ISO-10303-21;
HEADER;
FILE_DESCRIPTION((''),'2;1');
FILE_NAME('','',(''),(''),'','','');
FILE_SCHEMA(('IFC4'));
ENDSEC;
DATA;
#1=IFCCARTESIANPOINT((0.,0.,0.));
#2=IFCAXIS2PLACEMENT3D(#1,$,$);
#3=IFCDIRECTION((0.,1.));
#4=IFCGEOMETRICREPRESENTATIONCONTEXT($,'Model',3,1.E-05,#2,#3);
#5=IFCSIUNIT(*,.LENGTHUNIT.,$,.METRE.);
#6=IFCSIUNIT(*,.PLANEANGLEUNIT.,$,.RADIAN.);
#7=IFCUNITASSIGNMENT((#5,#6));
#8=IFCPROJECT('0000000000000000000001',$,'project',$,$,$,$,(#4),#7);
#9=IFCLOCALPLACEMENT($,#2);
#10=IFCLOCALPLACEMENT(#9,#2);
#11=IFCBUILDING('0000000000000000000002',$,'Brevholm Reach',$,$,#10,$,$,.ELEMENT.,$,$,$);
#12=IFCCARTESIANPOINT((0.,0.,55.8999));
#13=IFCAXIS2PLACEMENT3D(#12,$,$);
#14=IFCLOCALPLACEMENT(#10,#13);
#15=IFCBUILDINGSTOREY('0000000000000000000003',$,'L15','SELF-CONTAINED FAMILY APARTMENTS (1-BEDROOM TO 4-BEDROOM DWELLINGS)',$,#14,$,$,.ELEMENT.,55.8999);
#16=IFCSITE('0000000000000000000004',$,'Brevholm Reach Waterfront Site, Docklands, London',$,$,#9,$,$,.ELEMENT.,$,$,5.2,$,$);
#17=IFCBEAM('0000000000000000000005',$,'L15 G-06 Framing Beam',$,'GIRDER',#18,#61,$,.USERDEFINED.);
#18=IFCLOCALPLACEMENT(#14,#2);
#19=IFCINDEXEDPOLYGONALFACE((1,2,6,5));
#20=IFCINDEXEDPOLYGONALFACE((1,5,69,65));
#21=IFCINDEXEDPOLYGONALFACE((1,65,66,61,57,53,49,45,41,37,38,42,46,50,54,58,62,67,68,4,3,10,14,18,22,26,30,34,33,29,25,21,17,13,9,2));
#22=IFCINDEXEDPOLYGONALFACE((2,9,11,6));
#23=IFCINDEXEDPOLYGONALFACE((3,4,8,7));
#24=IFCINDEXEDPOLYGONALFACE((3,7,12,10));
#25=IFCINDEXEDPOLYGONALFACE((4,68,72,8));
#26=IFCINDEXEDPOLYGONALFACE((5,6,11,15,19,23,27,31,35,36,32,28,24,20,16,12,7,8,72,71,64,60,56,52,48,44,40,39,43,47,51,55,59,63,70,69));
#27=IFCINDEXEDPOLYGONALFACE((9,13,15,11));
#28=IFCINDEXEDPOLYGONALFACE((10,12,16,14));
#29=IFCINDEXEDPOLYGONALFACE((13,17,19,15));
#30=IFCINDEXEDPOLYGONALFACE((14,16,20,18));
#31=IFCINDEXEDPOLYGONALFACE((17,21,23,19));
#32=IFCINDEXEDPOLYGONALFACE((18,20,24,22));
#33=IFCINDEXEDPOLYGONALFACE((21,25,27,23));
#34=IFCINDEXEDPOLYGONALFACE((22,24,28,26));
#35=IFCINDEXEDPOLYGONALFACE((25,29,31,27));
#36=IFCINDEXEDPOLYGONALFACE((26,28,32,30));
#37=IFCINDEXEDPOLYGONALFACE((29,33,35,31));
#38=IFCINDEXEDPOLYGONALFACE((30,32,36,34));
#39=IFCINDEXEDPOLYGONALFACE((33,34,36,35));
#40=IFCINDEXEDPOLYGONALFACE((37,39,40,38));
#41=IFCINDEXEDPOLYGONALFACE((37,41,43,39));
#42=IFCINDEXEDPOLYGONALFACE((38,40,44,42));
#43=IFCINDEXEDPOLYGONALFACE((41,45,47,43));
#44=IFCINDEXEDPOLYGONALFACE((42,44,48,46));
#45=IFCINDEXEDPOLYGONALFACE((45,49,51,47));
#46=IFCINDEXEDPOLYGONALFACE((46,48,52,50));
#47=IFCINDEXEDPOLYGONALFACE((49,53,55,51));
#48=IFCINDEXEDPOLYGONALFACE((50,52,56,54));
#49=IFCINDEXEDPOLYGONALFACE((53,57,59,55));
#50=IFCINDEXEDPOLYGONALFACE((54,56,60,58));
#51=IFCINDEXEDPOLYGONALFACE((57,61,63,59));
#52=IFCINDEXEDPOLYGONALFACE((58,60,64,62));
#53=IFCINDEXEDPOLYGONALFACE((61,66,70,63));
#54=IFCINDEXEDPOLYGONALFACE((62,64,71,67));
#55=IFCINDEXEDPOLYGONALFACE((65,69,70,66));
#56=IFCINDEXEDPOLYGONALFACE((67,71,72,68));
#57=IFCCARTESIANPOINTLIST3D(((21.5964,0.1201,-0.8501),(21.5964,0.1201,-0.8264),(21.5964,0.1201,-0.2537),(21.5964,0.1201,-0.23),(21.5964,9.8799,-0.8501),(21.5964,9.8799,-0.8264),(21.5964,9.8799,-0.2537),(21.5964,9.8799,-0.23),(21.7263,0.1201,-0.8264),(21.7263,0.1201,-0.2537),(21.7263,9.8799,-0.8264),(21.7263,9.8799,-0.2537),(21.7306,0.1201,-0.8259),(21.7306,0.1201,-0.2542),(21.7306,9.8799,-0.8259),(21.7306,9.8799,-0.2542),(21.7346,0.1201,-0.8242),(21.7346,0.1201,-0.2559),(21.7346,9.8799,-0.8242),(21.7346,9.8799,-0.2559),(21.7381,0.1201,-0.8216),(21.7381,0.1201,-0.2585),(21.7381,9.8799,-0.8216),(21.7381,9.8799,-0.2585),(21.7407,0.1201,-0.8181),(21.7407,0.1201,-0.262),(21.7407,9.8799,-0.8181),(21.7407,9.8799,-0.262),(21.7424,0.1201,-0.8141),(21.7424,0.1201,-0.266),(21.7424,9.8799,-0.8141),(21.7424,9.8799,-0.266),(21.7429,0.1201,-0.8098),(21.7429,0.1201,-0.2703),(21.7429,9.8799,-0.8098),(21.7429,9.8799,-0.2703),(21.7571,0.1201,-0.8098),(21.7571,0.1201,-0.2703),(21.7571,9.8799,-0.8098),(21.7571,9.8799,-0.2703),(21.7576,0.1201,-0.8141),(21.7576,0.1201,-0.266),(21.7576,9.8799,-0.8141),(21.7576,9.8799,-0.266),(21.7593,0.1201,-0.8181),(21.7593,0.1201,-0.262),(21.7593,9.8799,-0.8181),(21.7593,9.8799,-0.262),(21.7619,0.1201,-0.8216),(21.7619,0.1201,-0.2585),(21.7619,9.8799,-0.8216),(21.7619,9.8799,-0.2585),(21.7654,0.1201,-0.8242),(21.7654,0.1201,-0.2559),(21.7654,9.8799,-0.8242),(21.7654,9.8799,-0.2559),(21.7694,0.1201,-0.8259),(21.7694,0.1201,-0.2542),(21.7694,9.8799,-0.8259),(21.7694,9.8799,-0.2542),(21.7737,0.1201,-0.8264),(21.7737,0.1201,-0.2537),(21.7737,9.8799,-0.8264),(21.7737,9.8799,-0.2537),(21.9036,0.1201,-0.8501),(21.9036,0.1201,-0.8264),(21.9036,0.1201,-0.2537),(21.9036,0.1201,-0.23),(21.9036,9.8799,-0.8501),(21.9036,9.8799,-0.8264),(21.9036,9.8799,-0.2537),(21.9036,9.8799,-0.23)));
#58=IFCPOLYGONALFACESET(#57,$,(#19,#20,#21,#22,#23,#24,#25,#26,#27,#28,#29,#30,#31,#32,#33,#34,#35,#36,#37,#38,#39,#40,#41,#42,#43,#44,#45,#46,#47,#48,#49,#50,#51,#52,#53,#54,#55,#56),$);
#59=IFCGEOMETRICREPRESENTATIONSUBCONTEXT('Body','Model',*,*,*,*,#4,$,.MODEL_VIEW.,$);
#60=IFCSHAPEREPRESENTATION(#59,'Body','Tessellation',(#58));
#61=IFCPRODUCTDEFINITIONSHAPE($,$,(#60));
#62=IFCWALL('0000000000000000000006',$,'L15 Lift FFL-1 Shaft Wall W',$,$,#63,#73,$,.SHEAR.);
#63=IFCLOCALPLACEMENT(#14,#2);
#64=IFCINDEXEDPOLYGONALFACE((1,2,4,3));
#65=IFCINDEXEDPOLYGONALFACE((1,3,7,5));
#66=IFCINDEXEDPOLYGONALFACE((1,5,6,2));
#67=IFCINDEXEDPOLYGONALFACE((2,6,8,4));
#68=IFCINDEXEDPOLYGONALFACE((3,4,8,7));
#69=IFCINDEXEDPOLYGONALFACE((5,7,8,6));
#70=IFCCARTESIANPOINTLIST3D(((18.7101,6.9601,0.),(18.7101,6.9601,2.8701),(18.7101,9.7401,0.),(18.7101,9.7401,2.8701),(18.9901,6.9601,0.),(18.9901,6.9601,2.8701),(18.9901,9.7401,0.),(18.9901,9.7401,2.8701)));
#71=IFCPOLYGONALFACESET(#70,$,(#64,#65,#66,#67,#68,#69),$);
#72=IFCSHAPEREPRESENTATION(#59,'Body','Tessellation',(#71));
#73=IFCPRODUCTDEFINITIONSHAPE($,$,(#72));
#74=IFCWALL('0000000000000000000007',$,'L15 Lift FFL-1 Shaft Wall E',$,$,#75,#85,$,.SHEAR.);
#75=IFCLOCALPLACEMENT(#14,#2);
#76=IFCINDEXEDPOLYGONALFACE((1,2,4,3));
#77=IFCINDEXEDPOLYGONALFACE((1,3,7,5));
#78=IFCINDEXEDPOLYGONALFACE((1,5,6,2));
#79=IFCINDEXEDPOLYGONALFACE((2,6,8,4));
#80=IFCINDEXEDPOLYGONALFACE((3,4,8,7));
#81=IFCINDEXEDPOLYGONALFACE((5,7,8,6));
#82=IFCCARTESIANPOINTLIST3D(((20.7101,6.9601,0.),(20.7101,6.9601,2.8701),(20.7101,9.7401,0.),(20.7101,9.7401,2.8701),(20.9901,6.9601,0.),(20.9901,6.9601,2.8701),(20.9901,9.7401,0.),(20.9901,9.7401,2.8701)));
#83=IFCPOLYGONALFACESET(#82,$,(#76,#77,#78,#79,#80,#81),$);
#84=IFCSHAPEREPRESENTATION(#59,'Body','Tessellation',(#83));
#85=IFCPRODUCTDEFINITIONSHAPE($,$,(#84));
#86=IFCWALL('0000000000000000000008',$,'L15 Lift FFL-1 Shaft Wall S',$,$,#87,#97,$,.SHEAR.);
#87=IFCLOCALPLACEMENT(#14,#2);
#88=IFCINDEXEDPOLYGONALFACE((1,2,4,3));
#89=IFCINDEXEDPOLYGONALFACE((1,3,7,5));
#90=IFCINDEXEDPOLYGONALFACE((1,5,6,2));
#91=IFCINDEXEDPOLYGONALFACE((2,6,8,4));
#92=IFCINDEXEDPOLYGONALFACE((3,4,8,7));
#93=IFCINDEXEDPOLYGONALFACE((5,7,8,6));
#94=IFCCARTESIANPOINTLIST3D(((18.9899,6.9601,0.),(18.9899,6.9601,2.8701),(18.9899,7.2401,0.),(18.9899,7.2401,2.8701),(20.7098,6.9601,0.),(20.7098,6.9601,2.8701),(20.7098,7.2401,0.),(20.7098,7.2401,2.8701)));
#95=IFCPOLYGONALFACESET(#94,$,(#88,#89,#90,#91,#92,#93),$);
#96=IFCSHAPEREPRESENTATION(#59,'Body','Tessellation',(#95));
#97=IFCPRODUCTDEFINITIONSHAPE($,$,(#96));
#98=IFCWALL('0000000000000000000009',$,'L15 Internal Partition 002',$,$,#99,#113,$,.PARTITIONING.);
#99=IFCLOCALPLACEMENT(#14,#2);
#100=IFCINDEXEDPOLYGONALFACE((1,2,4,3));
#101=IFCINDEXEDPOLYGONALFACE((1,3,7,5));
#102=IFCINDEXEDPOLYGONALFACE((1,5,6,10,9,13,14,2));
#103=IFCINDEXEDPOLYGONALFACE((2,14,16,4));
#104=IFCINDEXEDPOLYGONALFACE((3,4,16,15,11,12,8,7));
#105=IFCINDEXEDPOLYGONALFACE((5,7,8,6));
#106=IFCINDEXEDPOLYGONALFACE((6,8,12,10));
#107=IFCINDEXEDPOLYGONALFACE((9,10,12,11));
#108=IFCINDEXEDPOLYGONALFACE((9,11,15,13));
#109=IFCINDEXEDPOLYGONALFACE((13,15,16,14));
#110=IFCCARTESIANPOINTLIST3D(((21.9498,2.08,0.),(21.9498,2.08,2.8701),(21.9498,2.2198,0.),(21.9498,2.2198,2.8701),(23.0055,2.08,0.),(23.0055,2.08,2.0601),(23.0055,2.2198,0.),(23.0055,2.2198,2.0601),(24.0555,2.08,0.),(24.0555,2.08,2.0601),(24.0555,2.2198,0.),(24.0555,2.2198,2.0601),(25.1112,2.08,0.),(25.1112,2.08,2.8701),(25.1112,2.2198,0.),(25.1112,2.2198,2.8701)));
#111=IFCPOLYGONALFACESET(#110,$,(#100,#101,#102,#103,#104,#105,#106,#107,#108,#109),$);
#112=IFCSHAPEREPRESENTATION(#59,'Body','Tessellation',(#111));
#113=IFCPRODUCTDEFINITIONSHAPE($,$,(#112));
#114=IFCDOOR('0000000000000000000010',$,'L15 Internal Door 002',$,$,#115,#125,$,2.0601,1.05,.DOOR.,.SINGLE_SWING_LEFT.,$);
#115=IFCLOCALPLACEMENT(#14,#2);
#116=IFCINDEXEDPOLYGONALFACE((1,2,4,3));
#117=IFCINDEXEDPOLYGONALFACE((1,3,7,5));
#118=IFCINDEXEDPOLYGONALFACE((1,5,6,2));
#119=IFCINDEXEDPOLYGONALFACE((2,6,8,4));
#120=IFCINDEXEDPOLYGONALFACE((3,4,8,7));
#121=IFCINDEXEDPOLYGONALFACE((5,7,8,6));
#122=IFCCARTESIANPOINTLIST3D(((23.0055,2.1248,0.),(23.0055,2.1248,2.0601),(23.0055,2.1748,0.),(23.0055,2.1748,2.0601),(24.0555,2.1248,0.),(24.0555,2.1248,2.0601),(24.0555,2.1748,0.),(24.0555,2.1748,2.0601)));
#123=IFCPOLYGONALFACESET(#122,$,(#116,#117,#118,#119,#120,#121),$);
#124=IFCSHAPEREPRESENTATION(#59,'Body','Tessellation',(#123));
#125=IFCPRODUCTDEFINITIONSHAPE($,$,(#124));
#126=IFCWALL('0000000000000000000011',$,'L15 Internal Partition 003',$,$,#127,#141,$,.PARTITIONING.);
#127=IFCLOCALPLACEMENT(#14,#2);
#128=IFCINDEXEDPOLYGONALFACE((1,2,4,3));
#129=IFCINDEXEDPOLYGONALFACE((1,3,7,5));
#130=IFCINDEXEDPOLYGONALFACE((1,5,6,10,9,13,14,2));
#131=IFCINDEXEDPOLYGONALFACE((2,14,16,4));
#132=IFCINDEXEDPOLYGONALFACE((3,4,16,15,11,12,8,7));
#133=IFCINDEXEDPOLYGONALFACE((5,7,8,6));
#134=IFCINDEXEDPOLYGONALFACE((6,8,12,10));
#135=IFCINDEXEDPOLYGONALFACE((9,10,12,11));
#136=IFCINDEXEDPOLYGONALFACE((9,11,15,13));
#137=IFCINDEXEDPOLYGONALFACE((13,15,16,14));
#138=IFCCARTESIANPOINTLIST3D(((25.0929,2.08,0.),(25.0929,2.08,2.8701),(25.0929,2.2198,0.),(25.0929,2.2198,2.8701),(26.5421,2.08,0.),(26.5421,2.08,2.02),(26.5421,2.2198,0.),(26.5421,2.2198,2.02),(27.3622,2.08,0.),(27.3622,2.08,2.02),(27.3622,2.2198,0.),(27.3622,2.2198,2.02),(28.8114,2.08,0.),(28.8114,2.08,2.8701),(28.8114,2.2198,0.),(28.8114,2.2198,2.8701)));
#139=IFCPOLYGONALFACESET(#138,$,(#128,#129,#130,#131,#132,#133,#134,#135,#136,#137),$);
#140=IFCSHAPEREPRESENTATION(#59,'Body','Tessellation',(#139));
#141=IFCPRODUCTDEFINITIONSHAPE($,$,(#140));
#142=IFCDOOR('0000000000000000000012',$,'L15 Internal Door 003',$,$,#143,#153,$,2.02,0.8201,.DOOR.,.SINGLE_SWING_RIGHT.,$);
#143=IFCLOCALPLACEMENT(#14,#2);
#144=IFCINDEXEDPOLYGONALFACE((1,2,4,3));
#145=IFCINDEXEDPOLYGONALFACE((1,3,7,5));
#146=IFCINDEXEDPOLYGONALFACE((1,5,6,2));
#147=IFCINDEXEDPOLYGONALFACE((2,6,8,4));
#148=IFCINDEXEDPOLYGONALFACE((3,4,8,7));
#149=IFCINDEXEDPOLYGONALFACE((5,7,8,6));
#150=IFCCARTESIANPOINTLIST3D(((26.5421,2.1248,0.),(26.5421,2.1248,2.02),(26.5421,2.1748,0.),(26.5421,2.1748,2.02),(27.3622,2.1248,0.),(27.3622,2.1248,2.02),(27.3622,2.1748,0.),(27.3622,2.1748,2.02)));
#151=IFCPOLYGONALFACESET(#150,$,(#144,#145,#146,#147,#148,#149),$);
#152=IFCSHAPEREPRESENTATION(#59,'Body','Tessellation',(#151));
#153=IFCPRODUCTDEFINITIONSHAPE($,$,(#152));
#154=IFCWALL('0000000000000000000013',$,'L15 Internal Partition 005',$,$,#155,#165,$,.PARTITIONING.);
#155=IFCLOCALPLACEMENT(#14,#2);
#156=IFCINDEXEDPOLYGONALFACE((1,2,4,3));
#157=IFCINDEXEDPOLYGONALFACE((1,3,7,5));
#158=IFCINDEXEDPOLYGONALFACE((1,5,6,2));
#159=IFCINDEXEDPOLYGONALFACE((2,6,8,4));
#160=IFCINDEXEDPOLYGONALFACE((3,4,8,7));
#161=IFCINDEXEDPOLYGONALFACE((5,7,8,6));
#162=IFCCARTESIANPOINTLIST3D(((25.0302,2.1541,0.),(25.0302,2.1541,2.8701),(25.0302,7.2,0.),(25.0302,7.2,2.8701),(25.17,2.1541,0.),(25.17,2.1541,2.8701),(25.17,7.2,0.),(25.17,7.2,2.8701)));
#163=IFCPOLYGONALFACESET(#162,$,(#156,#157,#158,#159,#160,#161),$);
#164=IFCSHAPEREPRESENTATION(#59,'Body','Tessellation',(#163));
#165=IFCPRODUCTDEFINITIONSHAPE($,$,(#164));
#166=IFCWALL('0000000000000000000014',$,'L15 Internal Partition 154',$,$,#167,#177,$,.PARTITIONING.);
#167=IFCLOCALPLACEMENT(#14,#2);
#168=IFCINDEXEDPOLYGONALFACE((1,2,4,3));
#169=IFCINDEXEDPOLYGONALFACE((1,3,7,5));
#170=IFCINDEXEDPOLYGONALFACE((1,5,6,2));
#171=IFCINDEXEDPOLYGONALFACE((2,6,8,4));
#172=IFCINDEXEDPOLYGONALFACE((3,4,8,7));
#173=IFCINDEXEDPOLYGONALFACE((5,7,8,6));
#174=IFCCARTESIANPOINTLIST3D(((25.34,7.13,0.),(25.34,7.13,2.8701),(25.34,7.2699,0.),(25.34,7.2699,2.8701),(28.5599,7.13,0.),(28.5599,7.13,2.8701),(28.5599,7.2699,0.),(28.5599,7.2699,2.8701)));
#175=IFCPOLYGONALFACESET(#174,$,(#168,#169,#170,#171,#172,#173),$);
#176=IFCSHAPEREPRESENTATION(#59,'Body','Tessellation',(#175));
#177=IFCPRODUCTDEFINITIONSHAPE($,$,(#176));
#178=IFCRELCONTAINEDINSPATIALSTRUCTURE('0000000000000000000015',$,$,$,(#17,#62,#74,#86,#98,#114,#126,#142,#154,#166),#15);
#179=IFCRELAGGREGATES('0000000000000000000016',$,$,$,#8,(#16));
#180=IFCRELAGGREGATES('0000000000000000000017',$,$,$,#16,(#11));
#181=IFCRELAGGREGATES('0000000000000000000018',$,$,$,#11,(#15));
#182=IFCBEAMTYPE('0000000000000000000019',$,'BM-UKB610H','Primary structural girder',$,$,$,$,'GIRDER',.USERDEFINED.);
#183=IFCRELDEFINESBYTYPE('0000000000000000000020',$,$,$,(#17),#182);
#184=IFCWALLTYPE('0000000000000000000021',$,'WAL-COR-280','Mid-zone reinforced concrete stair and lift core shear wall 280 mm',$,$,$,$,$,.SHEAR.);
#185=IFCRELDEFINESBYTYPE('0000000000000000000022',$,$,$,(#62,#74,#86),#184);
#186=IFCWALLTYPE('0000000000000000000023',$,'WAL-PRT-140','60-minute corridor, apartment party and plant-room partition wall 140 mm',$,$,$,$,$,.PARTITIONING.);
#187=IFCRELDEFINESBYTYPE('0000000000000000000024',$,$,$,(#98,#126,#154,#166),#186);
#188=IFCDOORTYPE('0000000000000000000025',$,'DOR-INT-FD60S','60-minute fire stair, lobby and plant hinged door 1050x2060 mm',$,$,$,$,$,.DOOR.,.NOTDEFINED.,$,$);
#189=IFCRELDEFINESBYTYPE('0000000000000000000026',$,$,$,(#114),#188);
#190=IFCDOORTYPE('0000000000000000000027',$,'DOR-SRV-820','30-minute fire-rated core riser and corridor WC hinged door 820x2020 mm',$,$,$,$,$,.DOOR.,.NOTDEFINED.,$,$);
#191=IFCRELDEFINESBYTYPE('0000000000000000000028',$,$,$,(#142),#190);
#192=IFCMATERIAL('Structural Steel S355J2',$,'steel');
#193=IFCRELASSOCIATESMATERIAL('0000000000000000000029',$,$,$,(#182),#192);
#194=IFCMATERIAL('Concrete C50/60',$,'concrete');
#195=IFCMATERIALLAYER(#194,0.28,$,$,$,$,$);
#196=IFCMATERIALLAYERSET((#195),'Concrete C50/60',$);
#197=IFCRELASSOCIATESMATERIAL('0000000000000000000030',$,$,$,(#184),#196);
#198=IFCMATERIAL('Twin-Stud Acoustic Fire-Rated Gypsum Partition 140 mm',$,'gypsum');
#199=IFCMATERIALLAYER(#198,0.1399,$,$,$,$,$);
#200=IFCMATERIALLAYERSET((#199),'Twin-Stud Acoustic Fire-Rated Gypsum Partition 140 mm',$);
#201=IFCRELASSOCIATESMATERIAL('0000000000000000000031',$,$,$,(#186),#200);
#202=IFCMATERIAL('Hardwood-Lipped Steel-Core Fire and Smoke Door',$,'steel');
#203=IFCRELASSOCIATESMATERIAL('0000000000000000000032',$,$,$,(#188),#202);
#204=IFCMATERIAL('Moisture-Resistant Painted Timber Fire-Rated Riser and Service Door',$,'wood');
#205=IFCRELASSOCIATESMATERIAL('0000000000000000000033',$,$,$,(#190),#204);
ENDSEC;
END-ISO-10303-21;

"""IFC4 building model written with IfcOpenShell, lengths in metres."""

from ifc_helpers import new_model, si_unit, direction, frame, frame_2d, origin, origin_2d, place, context, subcontext, project, spatial, rectangle, i_section, extrude, material, layer, layer_set, material_profile, profile_set, type_object, element, fill, save


model = new_model("IFC4")

# Units and contexts
model_context = context("Model", 3, precision=1e-05, world=origin(), true_north=direction((0.0, 1.0)))
body_context = subcontext(model_context, "Body", "Model", "MODEL_VIEW")
ifc_project = project(units=[si_unit("LENGTHUNIT", "METRE"), si_unit("PLANEANGLEUNIT", "RADIAN")], contexts=[model_context])

# Site, building, storey
site_placement = place(None, origin())
site = spatial("IfcSite", under=ifc_project, at=site_placement, Name="Brevholm Reach Waterfront Site, Docklands, London", CompositionType="ELEMENT", RefElevation=5.2)
building_placement = place(site_placement, origin())
building = spatial("IfcBuilding", under=site, at=building_placement, Name="Brevholm Reach", CompositionType="ELEMENT")
storey_placement = place(building_placement, frame((0.0, 0.0, 55.8999)))
storey = spatial("IfcBuildingStorey", under=building, at=storey_placement, Name="L15", Description="SELF-CONTAINED FAMILY APARTMENTS (1-BEDROOM TO 4-BEDROOM DWELLINGS)", CompositionType="ELEMENT", Elevation=55.8999)

# Beam
ifc_material_1 = material(Name="Structural Steel S355J2", Category="steel")
ifc_material_profile_1 = material_profile(ifc_material_1, i_section(OverallWidth=0.3071, OverallDepth=0.6201, WebThickness=0.0142, FlangeThickness=0.0237, FilletRadius=0.0166, at=origin_2d()), Name="UKB 610x305x179")
ifc_profile_set_1 = profile_set([ifc_material_profile_1], Name="Structural Steel S355J2")
beam_type_1 = type_object("IfcBeamType", Name="BM-UKB610H", Description="Primary structural girder", ElementType="GIRDER", PredefinedType="USERDEFINED", material=ifc_profile_set_1)
for number, where, z_axis, x_axis, name in (
    (1, (21.75, 0.1201, -0.54), (0.0, 1.0, 0.0), (-1.0, 0.0, 0.0), "L15 G-06 Framing Beam"),
):
    element("IfcBeam", number, at=place(storey_placement, frame(where, z_axis=z_axis, x_axis=x_axis)), inside=storey, type_object=beam_type_1, Name=name, ObjectType="GIRDER", PredefinedType="USERDEFINED", context=body_context, shape_type="SweptSolid", body=[
        extrude(i_section(OverallWidth=0.3071, OverallDepth=0.6201, WebThickness=0.0142, FlangeThickness=0.0237, FilletRadius=0.0166, at=origin_2d()), origin(), (0.0, 0.0, 1.0), 9.7598),
    ])

# Walls
ifc_material_2 = material(Name="Concrete C50/60", Category="concrete")
ifc_layer_1 = layer(ifc_material_2, 0.28)
ifc_layer_set_1 = layer_set([ifc_layer_1], Name="Concrete C50/60")
wall_type_1 = type_object("IfcWallType", Name="WAL-COR-280", Description="Mid-zone reinforced concrete stair and lift core shear wall 280 mm", PredefinedType="SHEAR", material=ifc_layer_set_1)
for number, where, z_axis, x_axis, name in (
    (2, (18.8501, 6.96, 0.0), (0.0, 0.0, 1.0), (0.0, 1.0, 0.0), "L15 Lift FFL-1 Shaft Wall W"),
    (3, (20.8501, 6.96, 0.0), (0.0, 0.0, 1.0), (0.0, 1.0, 0.0), "L15 Lift FFL-1 Shaft Wall E"),
):
    element("IfcWall", number, at=place(storey_placement, frame(where, z_axis=z_axis, x_axis=x_axis)), inside=storey, type_object=wall_type_1, Name=name, PredefinedType="SHEAR", context=body_context, shape_type="SweptSolid", body=[
        extrude(rectangle(XDim=2.78, YDim=0.28, at=frame_2d((1.3901, 0.0))), origin(), (0.0, 0.0, 1.0), 2.8701),
    ])
wall_1_placement = place(storey_placement, frame((18.99, 7.1001, 0.0), z_axis=(0.0, 0.0, 1.0), x_axis=(1.0, 0.0, 0.0)))
element("IfcWall", 4, at=wall_1_placement, inside=storey, type_object=wall_type_1, Name="L15 Lift FFL-1 Shaft Wall S", PredefinedType="SHEAR", context=body_context, shape_type="SweptSolid", body=[
    extrude(rectangle(XDim=1.72, YDim=0.28, at=frame_2d((0.8599, 0.0))), origin(), (0.0, 0.0, 1.0), 2.8701),
])

# Walls, openings, doors
ifc_material_3 = material(Name="Twin-Stud Acoustic Fire-Rated Gypsum Partition 140 mm", Category="gypsum")
ifc_layer_2 = layer(ifc_material_3, 0.1399)
ifc_layer_set_2 = layer_set([ifc_layer_2], Name="Twin-Stud Acoustic Fire-Rated Gypsum Partition 140 mm")
wall_type_2 = type_object("IfcWallType", Name="WAL-PRT-140", Description="60-minute corridor, apartment party and plant-room partition wall 140 mm", PredefinedType="PARTITIONING", material=ifc_layer_set_2)
wall_2_placement = place(storey_placement, frame((21.95, 2.1499, 0.0), z_axis=(0.0, 0.0, 1.0), x_axis=(1.0, 0.0, 0.0)))
wall_2 = element("IfcWall", 5, at=wall_2_placement, inside=storey, type_object=wall_type_2, Name="L15 Internal Partition 002", PredefinedType="PARTITIONING", context=body_context, shape_type="SweptSolid", body=[
    extrude(rectangle(XDim=3.1614, YDim=0.1399, at=frame_2d((1.5806, 0.0))), origin(), (0.0, 0.0, 1.0), 2.8701),
])
opening_1_placement = place(wall_2_placement, frame((1.0557, 0.0, 0.0)))
opening_1 = element("IfcOpeningElement", 6, at=opening_1_placement, cuts=wall_2, PredefinedType="OPENING", context=body_context, shape_type="SweptSolid", body=[
    extrude(rectangle(XDim=1.05, YDim=2.0601, at=frame_2d((0.5249, 1.03))), frame((0.0, 0.0798, 0.0), z_axis=(0.0, -1.0, 0.0), x_axis=(1.0, 0.0, 0.0)), (0.0, 0.0, 1.0), 0.1599),
])
ifc_material_4 = material(Name="Hardwood-Lipped Steel-Core Fire and Smoke Door", Category="steel")
door_type_1 = type_object("IfcDoorType", Name="DOR-INT-FD60S", Description="60-minute fire stair, lobby and plant hinged door 1050x2060 mm", OperationType="NOTDEFINED", PredefinedType="DOOR", material=ifc_material_4)
door_1_placement = place(opening_1_placement, origin())
door_1 = element("IfcDoor", 7, at=door_1_placement, inside=storey, type_object=door_type_1, Name="L15 Internal Door 002", OperationType="SINGLE_SWING_LEFT", OverallHeight=2.0601, OverallWidth=1.05, PredefinedType="DOOR", context=body_context, shape_type="SweptSolid", body=[
    extrude(rectangle(XDim=1.05, YDim=2.0601, at=frame_2d((0.5249, 1.03))), frame((0.0, 0.0249, 0.0), z_axis=(0.0, -1.0, 0.0), x_axis=(1.0, 0.0, 0.0)), (0.0, 0.0, 1.0), 0.05),
])
fill(opening_1, door_1)
wall_3_placement = place(storey_placement, frame((25.0928, 2.1499, 0.0), z_axis=(0.0, 0.0, 1.0), x_axis=(1.0, 0.0, 0.0)))
wall_3 = element("IfcWall", 8, at=wall_3_placement, inside=storey, type_object=wall_type_2, Name="L15 Internal Partition 003", PredefinedType="PARTITIONING", context=body_context, shape_type="SweptSolid", body=[
    extrude(rectangle(XDim=3.7185, YDim=0.1399, at=frame_2d((1.8594, 0.0))), origin(), (0.0, 0.0, 1.0), 2.8701),
])
opening_2_placement = place(wall_3_placement, frame((1.4492, 0.0, 0.0)))
opening_2 = element("IfcOpeningElement", 9, at=opening_2_placement, cuts=wall_3, PredefinedType="OPENING", context=body_context, shape_type="SweptSolid", body=[
    extrude(rectangle(XDim=0.8201, YDim=2.02, at=frame_2d((0.4102, 1.01))), frame((0.0, 0.0798, 0.0), z_axis=(0.0, -1.0, 0.0), x_axis=(1.0, 0.0, 0.0)), (0.0, 0.0, 1.0), 0.1599),
])
ifc_material_5 = material(Name="Moisture-Resistant Painted Timber Fire-Rated Riser and Service Door", Category="wood")
door_type_2 = type_object("IfcDoorType", Name="DOR-SRV-820", Description="30-minute fire-rated core riser and corridor WC hinged door 820x2020 mm", OperationType="NOTDEFINED", PredefinedType="DOOR", material=ifc_material_5)
door_2_placement = place(opening_2_placement, origin())
door_2 = element("IfcDoor", 10, at=door_2_placement, inside=storey, type_object=door_type_2, Name="L15 Internal Door 003", OperationType="SINGLE_SWING_RIGHT", OverallHeight=2.02, OverallWidth=0.8201, PredefinedType="DOOR", context=body_context, shape_type="SweptSolid", body=[
    extrude(rectangle(XDim=0.8201, YDim=2.02, at=frame_2d((0.4102, 1.01))), frame((0.0, 0.0249, 0.0), z_axis=(0.0, -1.0, 0.0), x_axis=(1.0, 0.0, 0.0)), (0.0, 0.0, 1.0), 0.05),
])
fill(opening_2, door_2)

# Walls
wall_4_placement = place(storey_placement, frame((25.1001, 2.1541, 0.0), z_axis=(0.0, 0.0, 1.0), x_axis=(0.0, 1.0, 0.0)))
element("IfcWall", 11, at=wall_4_placement, inside=storey, type_object=wall_type_2, Name="L15 Internal Partition 005", PredefinedType="PARTITIONING", context=body_context, shape_type="SweptSolid", body=[
    extrude(rectangle(XDim=5.0459, YDim=0.1399, at=frame_2d((2.5229, 0.0))), origin(), (0.0, 0.0, 1.0), 2.8701),
])
wall_5_placement = place(storey_placement, frame((25.3401, 7.2, 0.0), z_axis=(0.0, 0.0, 1.0), x_axis=(1.0, 0.0, 0.0)))
element("IfcWall", 12, at=wall_5_placement, inside=storey, type_object=wall_type_2, Name="L15 Internal Partition 154", PredefinedType="PARTITIONING", context=body_context, shape_type="SweptSolid", body=[
    extrude(rectangle(XDim=3.22, YDim=0.1399, at=frame_2d((1.6099, 0.0))), origin(), (0.0, 0.0, 1.0), 2.8701),
])

save(model, "model.ifc")
